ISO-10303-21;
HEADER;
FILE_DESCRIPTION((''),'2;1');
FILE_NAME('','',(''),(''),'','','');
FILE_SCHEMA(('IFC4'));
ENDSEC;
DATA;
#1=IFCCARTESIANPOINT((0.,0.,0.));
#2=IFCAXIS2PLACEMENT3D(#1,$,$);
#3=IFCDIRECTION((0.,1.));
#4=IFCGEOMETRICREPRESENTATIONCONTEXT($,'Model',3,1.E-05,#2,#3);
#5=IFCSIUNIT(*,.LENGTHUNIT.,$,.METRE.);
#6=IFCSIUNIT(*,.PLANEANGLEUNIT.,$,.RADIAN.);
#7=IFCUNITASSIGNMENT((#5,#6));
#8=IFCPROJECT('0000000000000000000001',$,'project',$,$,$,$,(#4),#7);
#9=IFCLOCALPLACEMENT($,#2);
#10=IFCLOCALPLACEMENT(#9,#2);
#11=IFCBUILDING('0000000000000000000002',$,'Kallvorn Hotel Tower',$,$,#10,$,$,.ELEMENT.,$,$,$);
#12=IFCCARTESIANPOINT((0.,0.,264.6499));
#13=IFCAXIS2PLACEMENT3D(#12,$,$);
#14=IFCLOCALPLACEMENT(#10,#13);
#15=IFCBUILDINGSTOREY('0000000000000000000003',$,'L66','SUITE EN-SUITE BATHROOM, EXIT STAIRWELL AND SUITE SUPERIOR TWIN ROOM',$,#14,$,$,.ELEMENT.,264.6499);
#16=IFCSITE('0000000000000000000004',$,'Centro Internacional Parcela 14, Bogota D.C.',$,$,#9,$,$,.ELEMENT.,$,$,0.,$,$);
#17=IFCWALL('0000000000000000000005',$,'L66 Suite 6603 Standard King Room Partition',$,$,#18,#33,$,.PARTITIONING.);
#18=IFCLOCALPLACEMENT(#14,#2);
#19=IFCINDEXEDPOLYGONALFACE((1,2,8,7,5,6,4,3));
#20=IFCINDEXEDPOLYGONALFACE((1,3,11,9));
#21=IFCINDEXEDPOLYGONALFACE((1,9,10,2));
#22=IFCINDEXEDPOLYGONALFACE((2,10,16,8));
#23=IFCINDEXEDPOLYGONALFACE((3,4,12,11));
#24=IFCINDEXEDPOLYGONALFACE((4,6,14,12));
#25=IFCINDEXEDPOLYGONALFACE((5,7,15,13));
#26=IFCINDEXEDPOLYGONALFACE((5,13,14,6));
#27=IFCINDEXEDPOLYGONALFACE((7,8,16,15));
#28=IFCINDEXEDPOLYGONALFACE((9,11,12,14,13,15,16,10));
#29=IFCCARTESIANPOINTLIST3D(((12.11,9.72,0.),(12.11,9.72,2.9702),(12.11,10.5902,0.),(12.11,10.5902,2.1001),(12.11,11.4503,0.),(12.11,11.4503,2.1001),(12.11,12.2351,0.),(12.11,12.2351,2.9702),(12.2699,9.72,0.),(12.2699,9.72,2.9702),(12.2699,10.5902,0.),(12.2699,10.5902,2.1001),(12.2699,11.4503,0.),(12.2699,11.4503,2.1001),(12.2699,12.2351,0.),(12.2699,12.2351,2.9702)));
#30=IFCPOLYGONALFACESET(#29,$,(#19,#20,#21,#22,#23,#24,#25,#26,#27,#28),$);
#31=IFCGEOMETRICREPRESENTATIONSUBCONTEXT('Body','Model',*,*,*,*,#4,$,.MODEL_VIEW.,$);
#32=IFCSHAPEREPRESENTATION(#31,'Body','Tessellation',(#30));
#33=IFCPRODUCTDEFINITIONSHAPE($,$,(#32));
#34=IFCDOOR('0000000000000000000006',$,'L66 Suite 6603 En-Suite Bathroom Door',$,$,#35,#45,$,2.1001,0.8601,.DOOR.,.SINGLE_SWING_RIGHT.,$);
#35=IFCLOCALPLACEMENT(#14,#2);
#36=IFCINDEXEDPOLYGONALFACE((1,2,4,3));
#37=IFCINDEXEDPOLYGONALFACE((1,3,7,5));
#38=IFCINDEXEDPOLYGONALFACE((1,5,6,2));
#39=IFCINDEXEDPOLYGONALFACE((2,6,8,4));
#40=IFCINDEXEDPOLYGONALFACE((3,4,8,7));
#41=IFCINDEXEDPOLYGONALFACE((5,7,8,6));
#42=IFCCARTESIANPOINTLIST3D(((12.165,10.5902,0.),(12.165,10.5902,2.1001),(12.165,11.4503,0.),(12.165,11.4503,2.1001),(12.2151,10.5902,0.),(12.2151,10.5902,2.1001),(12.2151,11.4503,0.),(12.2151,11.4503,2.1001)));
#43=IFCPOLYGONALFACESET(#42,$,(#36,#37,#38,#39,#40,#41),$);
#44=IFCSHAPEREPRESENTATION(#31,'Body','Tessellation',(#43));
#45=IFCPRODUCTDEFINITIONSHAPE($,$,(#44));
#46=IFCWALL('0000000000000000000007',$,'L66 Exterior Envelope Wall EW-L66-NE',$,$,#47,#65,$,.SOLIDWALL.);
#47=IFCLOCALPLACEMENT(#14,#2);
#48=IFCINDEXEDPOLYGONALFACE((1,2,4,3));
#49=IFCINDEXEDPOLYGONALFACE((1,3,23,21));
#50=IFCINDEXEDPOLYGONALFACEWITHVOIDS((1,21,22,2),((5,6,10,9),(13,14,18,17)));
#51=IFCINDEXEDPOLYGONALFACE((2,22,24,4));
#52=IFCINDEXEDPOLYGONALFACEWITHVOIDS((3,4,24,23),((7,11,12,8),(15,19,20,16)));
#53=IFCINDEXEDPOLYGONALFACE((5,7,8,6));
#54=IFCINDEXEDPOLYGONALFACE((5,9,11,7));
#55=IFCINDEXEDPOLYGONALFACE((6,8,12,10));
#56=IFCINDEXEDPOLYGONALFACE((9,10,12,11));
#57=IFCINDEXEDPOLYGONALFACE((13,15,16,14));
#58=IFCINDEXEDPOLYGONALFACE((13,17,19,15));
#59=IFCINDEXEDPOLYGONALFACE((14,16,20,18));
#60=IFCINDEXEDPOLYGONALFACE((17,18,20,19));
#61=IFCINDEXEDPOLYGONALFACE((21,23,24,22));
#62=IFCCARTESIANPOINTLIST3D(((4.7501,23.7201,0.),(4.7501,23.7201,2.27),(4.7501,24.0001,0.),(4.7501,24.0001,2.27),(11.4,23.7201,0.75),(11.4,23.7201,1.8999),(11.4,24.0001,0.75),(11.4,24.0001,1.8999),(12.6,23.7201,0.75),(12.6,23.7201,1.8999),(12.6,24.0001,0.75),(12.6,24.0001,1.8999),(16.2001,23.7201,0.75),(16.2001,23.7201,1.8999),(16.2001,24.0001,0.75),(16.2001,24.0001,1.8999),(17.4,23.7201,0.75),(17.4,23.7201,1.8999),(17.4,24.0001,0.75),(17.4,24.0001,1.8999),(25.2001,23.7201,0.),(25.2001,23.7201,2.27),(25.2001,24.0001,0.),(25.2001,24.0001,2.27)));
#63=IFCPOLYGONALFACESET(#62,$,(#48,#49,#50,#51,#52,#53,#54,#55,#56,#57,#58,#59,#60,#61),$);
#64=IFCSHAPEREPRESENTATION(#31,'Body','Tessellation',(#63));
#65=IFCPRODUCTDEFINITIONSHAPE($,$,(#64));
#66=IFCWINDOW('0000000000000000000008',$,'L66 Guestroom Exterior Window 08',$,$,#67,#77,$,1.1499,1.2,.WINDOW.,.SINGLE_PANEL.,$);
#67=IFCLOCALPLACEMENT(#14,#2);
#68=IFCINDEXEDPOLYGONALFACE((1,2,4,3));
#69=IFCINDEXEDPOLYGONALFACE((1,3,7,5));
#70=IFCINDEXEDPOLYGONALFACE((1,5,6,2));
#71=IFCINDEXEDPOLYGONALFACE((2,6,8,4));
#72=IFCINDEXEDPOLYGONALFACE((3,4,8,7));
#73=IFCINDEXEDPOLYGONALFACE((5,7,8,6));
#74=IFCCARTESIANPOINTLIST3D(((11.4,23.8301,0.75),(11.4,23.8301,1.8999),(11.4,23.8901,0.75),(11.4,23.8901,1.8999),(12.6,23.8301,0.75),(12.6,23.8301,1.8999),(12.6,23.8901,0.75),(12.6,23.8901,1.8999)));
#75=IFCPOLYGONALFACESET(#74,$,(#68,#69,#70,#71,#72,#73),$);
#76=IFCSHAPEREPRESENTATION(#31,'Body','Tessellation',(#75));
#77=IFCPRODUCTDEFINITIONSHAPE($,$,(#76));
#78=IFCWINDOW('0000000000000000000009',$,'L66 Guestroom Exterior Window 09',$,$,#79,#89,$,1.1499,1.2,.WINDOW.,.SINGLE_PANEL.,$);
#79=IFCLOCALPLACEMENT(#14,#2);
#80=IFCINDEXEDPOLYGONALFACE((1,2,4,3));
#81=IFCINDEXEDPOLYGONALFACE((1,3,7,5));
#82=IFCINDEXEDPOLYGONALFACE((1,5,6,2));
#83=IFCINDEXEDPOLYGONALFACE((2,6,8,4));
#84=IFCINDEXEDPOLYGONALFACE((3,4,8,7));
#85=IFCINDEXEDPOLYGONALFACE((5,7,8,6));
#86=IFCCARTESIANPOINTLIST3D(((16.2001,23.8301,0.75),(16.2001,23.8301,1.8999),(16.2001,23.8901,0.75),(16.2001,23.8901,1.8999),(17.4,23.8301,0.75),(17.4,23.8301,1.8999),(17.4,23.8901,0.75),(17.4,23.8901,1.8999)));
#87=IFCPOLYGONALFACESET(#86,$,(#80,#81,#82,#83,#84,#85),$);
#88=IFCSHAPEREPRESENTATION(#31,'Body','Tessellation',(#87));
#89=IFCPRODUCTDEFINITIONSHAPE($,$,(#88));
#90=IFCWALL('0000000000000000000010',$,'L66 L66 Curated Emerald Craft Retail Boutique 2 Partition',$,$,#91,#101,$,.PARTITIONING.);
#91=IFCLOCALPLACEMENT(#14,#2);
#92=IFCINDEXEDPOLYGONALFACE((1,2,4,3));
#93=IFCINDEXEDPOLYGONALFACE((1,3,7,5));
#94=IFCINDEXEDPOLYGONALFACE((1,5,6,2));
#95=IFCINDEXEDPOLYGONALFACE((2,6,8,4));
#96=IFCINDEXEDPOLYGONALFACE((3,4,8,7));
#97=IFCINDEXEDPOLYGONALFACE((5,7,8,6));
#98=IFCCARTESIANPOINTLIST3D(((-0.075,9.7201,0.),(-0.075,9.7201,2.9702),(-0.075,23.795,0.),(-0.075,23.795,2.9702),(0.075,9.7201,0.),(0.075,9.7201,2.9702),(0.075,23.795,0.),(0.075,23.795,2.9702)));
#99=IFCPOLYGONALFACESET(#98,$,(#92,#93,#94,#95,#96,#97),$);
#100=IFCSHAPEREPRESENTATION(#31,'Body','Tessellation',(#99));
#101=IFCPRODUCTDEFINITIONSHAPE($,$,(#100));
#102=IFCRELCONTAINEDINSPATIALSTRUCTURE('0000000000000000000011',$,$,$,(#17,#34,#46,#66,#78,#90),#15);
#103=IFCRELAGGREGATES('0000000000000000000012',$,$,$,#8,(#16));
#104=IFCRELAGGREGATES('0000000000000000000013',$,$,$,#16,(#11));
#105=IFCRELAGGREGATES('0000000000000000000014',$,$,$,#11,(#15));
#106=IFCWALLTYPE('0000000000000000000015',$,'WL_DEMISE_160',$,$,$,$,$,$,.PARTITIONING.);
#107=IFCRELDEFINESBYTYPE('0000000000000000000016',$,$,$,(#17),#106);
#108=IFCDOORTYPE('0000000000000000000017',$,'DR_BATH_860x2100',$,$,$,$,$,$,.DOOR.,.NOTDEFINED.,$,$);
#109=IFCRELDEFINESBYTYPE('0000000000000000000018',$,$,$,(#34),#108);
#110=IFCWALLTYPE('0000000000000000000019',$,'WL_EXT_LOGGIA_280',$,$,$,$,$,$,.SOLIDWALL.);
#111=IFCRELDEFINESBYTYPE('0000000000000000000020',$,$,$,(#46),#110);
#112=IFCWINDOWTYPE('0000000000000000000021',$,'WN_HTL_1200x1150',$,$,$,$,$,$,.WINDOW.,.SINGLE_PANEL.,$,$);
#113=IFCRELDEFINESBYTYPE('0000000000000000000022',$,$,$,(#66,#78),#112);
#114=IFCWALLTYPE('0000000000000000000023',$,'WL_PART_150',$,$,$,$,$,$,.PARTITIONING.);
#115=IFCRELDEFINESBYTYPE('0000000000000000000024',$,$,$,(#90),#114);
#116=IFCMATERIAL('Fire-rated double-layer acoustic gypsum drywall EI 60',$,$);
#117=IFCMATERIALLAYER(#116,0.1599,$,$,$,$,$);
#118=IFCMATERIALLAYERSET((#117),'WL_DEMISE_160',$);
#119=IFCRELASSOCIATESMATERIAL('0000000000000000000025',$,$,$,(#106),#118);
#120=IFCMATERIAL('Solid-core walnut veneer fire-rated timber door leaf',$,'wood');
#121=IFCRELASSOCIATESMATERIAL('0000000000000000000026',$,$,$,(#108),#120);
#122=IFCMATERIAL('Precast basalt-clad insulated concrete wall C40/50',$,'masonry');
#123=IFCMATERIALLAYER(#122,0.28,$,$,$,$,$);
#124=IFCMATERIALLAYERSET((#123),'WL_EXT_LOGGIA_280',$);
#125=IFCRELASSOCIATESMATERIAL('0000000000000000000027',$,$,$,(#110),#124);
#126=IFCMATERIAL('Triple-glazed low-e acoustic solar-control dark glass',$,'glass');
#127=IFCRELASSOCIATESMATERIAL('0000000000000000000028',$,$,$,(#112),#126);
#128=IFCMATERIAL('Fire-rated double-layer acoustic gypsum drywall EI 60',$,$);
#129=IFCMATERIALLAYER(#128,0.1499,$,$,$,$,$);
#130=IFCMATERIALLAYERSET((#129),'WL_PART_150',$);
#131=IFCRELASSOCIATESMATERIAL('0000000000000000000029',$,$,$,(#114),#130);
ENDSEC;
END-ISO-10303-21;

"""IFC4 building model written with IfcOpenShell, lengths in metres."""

from ifc_helpers import new_model, si_unit, direction, frame, frame_2d, origin, place, context, subcontext, project, spatial, rectangle, extrude, material, layer, layer_set, type_object, element, fill, save


model = new_model("IFC4")

# Units and contexts
model_context = context("Model", 3, precision=1e-05, world=origin(), true_north=direction((0.0, 1.0)))
body_context = subcontext(model_context, "Body", "Model", "MODEL_VIEW")
ifc_project = project(units=[si_unit("LENGTHUNIT", "METRE"), si_unit("PLANEANGLEUNIT", "RADIAN")], contexts=[model_context])

# Site, building, storey
site_placement = place(None, origin())
site = spatial("IfcSite", under=ifc_project, at=site_placement, Name="Centro Internacional Parcela 14, Bogota D.C.", CompositionType="ELEMENT", RefElevation=0.0)
building_placement = place(site_placement, origin())
building = spatial("IfcBuilding", under=site, at=building_placement, Name="Kallvorn Hotel Tower", CompositionType="ELEMENT")
storey_placement = place(building_placement, frame((0.0, 0.0, 264.6499)))
storey = spatial("IfcBuildingStorey", under=building, at=storey_placement, Name="L66", Description="SUITE EN-SUITE BATHROOM, EXIT STAIRWELL AND SUITE SUPERIOR TWIN ROOM", CompositionType="ELEMENT", Elevation=264.6499)

# Shared definitions
ifc_material_1 = material(Name="Fire-rated double-layer acoustic gypsum drywall EI 60")
ifc_layer_1 = layer(ifc_material_1, 0.1599)
ifc_layer_set_1 = layer_set([ifc_layer_1], Name="WL_DEMISE_160")
wall_type_1 = type_object("IfcWallType", Name="WL_DEMISE_160", PredefinedType="PARTITIONING", material=ifc_layer_set_1)

# Wall, opening, door
wall_1_placement = place(storey_placement, frame((12.1899, 9.72, 0.0), z_axis=(0.0, 0.0, 1.0), x_axis=(0.0, 1.0, 0.0)))
wall_1 = element("IfcWall", 1, at=wall_1_placement, inside=storey, type_object=wall_type_1, Name="L66 Suite 6603 Standard King Room Partition", PredefinedType="PARTITIONING", context=body_context, shape_type="SweptSolid", body=[
    extrude(rectangle(XDim=2.5151, YDim=0.1599, at=frame_2d((1.2576, 0.0))), origin(), (0.0, 0.0, 1.0), 2.9702),
])
opening_1_placement = place(wall_1_placement, frame((0.8701, 0.0, 0.0)))
opening_1 = element("IfcOpeningElement", 2, at=opening_1_placement, cuts=wall_1, PredefinedType="OPENING", context=body_context, shape_type="SweptSolid", body=[
    extrude(rectangle(XDim=0.8601, YDim=2.1001, at=frame_2d((0.4302, 1.05))), frame((0.0, 0.095, 0.0), z_axis=(0.0, -1.0, 0.0), x_axis=(1.0, 0.0, 0.0)), (0.0, 0.0, 1.0), 0.1899),
])
ifc_material_2 = material(Name="Solid-core walnut veneer fire-rated timber door leaf", Category="wood")
door_type = type_object("IfcDoorType", Name="DR_BATH_860x2100", OperationType="NOTDEFINED", PredefinedType="DOOR", material=ifc_material_2)
door_placement = place(opening_1_placement, origin())
door = element("IfcDoor", 3, at=door_placement, inside=storey, type_object=door_type, Name="L66 Suite 6603 En-Suite Bathroom Door", OperationType="SINGLE_SWING_RIGHT", OverallHeight=2.1001, OverallWidth=0.8601, PredefinedType="DOOR", context=body_context, shape_type="SweptSolid", body=[
    extrude(rectangle(XDim=0.8601, YDim=2.1001, at=frame_2d((0.4302, 1.05))), frame((0.0, 0.0249, 0.0), z_axis=(0.0, -1.0, 0.0), x_axis=(1.0, 0.0, 0.0)), (0.0, 0.0, 1.0), 0.05),
])
fill(opening_1, door)

# Wall, openings, windows
ifc_material_3 = material(Name="Precast basalt-clad insulated concrete wall C40/50", Category="masonry")
ifc_layer_2 = layer(ifc_material_3, 0.28)
ifc_layer_set_2 = layer_set([ifc_layer_2], Name="WL_EXT_LOGGIA_280")
wall_type_2 = type_object("IfcWallType", Name="WL_EXT_LOGGIA_280", PredefinedType="SOLIDWALL", material=ifc_layer_set_2)
wall_2_placement = place(storey_placement, frame((4.75, 23.8601, 0.0), z_axis=(0.0, 0.0, 1.0), x_axis=(1.0, 0.0, 0.0)))
wall_2 = element("IfcWall", 4, at=wall_2_placement, inside=storey, type_object=wall_type_2, Name="L66 Exterior Envelope Wall EW-L66-NE", PredefinedType="SOLIDWALL", context=body_context, shape_type="SweptSolid", body=[
    extrude(rectangle(XDim=20.45, YDim=0.28, at=frame_2d((10.2251, 0.0))), origin(), (0.0, 0.0, 1.0), 2.27),
])
opening_2_placement = place(wall_2_placement, frame((6.6499, 0.0, 0.75)))
opening_2 = element("IfcOpeningElement", 5, at=opening_2_placement, cuts=wall_2, PredefinedType="OPENING", context=body_context, shape_type="SweptSolid", body=[
    extrude(rectangle(XDim=1.2, YDim=1.1499, at=frame_2d((0.6001, 0.575))), frame((0.0, 0.155, 0.0), z_axis=(0.0, -1.0, 0.0), x_axis=(1.0, 0.0, 0.0)), (0.0, 0.0, 1.0), 0.3101),
])
opening_3_placement = place(wall_2_placement, frame((11.45, 0.0, 0.75)))
opening_3 = element("IfcOpeningElement", 6, at=opening_3_placement, cuts=wall_2, PredefinedType="OPENING", context=body_context, shape_type="SweptSolid", body=[
    extrude(rectangle(XDim=1.2, YDim=1.1499, at=frame_2d((0.6001, 0.575))), frame((0.0, 0.155, 0.0), z_axis=(0.0, -1.0, 0.0), x_axis=(1.0, 0.0, 0.0)), (0.0, 0.0, 1.0), 0.3101),
])
ifc_material_4 = material(Name="Triple-glazed low-e acoustic solar-control dark glass", Category="glass")
window_type = type_object("IfcWindowType", Name="WN_HTL_1200x1150", PartitioningType="SINGLE_PANEL", PredefinedType="WINDOW", material=ifc_material_4)
window_1_placement = place(opening_2_placement, origin())
window_1 = element("IfcWindow", 7, at=window_1_placement, inside=storey, type_object=window_type, Name="L66 Guestroom Exterior Window 08", OverallHeight=1.1499, OverallWidth=1.2, PartitioningType="SINGLE_PANEL", PredefinedType="WINDOW", context=body_context, shape_type="SweptSolid", body=[
    extrude(rectangle(XDim=1.2, YDim=1.1499, at=frame_2d((0.6001, 0.575))), frame((0.0, 0.03, 0.0), z_axis=(0.0, -1.0, 0.0), x_axis=(1.0, 0.0, 0.0)), (0.0, 0.0, 1.0), 0.0601),
])
fill(opening_2, window_1)
window_2_placement = place(opening_3_placement, origin())
window_2 = element("IfcWindow", 8, at=window_2_placement, inside=storey, type_object=window_type, Name="L66 Guestroom Exterior Window 09", OverallHeight=1.1499, OverallWidth=1.2, PartitioningType="SINGLE_PANEL", PredefinedType="WINDOW", context=body_context, shape_type="SweptSolid", body=[
    extrude(rectangle(XDim=1.2, YDim=1.1499, at=frame_2d((0.6001, 0.575))), frame((0.0, 0.03, 0.0), z_axis=(0.0, -1.0, 0.0), x_axis=(1.0, 0.0, 0.0)), (0.0, 0.0, 1.0), 0.0601),
])
fill(opening_3, window_2)

# Wall
ifc_material_5 = material(Name="Fire-rated double-layer acoustic gypsum drywall EI 60")
ifc_layer_3 = layer(ifc_material_5, 0.1499)
ifc_layer_set_3 = layer_set([ifc_layer_3], Name="WL_PART_150")
wall_type_3 = type_object("IfcWallType", Name="WL_PART_150", PredefinedType="PARTITIONING", material=ifc_layer_set_3)
wall_3_placement = place(storey_placement, frame((0.0, 9.72, 0.0), z_axis=(0.0, 0.0, 1.0), x_axis=(0.0, 1.0, 0.0)))
element("IfcWall", 9, at=wall_3_placement, inside=storey, type_object=wall_type_3, Name="L66 L66 Curated Emerald Craft Retail Boutique 2 Partition", PredefinedType="PARTITIONING", context=body_context, shape_type="SweptSolid", body=[
    extrude(rectangle(XDim=14.075, YDim=0.1499, at=frame_2d((7.0376, 0.0))), origin(), (0.0, 0.0, 1.0), 2.9702),
])

save(model, "model.ifc")
